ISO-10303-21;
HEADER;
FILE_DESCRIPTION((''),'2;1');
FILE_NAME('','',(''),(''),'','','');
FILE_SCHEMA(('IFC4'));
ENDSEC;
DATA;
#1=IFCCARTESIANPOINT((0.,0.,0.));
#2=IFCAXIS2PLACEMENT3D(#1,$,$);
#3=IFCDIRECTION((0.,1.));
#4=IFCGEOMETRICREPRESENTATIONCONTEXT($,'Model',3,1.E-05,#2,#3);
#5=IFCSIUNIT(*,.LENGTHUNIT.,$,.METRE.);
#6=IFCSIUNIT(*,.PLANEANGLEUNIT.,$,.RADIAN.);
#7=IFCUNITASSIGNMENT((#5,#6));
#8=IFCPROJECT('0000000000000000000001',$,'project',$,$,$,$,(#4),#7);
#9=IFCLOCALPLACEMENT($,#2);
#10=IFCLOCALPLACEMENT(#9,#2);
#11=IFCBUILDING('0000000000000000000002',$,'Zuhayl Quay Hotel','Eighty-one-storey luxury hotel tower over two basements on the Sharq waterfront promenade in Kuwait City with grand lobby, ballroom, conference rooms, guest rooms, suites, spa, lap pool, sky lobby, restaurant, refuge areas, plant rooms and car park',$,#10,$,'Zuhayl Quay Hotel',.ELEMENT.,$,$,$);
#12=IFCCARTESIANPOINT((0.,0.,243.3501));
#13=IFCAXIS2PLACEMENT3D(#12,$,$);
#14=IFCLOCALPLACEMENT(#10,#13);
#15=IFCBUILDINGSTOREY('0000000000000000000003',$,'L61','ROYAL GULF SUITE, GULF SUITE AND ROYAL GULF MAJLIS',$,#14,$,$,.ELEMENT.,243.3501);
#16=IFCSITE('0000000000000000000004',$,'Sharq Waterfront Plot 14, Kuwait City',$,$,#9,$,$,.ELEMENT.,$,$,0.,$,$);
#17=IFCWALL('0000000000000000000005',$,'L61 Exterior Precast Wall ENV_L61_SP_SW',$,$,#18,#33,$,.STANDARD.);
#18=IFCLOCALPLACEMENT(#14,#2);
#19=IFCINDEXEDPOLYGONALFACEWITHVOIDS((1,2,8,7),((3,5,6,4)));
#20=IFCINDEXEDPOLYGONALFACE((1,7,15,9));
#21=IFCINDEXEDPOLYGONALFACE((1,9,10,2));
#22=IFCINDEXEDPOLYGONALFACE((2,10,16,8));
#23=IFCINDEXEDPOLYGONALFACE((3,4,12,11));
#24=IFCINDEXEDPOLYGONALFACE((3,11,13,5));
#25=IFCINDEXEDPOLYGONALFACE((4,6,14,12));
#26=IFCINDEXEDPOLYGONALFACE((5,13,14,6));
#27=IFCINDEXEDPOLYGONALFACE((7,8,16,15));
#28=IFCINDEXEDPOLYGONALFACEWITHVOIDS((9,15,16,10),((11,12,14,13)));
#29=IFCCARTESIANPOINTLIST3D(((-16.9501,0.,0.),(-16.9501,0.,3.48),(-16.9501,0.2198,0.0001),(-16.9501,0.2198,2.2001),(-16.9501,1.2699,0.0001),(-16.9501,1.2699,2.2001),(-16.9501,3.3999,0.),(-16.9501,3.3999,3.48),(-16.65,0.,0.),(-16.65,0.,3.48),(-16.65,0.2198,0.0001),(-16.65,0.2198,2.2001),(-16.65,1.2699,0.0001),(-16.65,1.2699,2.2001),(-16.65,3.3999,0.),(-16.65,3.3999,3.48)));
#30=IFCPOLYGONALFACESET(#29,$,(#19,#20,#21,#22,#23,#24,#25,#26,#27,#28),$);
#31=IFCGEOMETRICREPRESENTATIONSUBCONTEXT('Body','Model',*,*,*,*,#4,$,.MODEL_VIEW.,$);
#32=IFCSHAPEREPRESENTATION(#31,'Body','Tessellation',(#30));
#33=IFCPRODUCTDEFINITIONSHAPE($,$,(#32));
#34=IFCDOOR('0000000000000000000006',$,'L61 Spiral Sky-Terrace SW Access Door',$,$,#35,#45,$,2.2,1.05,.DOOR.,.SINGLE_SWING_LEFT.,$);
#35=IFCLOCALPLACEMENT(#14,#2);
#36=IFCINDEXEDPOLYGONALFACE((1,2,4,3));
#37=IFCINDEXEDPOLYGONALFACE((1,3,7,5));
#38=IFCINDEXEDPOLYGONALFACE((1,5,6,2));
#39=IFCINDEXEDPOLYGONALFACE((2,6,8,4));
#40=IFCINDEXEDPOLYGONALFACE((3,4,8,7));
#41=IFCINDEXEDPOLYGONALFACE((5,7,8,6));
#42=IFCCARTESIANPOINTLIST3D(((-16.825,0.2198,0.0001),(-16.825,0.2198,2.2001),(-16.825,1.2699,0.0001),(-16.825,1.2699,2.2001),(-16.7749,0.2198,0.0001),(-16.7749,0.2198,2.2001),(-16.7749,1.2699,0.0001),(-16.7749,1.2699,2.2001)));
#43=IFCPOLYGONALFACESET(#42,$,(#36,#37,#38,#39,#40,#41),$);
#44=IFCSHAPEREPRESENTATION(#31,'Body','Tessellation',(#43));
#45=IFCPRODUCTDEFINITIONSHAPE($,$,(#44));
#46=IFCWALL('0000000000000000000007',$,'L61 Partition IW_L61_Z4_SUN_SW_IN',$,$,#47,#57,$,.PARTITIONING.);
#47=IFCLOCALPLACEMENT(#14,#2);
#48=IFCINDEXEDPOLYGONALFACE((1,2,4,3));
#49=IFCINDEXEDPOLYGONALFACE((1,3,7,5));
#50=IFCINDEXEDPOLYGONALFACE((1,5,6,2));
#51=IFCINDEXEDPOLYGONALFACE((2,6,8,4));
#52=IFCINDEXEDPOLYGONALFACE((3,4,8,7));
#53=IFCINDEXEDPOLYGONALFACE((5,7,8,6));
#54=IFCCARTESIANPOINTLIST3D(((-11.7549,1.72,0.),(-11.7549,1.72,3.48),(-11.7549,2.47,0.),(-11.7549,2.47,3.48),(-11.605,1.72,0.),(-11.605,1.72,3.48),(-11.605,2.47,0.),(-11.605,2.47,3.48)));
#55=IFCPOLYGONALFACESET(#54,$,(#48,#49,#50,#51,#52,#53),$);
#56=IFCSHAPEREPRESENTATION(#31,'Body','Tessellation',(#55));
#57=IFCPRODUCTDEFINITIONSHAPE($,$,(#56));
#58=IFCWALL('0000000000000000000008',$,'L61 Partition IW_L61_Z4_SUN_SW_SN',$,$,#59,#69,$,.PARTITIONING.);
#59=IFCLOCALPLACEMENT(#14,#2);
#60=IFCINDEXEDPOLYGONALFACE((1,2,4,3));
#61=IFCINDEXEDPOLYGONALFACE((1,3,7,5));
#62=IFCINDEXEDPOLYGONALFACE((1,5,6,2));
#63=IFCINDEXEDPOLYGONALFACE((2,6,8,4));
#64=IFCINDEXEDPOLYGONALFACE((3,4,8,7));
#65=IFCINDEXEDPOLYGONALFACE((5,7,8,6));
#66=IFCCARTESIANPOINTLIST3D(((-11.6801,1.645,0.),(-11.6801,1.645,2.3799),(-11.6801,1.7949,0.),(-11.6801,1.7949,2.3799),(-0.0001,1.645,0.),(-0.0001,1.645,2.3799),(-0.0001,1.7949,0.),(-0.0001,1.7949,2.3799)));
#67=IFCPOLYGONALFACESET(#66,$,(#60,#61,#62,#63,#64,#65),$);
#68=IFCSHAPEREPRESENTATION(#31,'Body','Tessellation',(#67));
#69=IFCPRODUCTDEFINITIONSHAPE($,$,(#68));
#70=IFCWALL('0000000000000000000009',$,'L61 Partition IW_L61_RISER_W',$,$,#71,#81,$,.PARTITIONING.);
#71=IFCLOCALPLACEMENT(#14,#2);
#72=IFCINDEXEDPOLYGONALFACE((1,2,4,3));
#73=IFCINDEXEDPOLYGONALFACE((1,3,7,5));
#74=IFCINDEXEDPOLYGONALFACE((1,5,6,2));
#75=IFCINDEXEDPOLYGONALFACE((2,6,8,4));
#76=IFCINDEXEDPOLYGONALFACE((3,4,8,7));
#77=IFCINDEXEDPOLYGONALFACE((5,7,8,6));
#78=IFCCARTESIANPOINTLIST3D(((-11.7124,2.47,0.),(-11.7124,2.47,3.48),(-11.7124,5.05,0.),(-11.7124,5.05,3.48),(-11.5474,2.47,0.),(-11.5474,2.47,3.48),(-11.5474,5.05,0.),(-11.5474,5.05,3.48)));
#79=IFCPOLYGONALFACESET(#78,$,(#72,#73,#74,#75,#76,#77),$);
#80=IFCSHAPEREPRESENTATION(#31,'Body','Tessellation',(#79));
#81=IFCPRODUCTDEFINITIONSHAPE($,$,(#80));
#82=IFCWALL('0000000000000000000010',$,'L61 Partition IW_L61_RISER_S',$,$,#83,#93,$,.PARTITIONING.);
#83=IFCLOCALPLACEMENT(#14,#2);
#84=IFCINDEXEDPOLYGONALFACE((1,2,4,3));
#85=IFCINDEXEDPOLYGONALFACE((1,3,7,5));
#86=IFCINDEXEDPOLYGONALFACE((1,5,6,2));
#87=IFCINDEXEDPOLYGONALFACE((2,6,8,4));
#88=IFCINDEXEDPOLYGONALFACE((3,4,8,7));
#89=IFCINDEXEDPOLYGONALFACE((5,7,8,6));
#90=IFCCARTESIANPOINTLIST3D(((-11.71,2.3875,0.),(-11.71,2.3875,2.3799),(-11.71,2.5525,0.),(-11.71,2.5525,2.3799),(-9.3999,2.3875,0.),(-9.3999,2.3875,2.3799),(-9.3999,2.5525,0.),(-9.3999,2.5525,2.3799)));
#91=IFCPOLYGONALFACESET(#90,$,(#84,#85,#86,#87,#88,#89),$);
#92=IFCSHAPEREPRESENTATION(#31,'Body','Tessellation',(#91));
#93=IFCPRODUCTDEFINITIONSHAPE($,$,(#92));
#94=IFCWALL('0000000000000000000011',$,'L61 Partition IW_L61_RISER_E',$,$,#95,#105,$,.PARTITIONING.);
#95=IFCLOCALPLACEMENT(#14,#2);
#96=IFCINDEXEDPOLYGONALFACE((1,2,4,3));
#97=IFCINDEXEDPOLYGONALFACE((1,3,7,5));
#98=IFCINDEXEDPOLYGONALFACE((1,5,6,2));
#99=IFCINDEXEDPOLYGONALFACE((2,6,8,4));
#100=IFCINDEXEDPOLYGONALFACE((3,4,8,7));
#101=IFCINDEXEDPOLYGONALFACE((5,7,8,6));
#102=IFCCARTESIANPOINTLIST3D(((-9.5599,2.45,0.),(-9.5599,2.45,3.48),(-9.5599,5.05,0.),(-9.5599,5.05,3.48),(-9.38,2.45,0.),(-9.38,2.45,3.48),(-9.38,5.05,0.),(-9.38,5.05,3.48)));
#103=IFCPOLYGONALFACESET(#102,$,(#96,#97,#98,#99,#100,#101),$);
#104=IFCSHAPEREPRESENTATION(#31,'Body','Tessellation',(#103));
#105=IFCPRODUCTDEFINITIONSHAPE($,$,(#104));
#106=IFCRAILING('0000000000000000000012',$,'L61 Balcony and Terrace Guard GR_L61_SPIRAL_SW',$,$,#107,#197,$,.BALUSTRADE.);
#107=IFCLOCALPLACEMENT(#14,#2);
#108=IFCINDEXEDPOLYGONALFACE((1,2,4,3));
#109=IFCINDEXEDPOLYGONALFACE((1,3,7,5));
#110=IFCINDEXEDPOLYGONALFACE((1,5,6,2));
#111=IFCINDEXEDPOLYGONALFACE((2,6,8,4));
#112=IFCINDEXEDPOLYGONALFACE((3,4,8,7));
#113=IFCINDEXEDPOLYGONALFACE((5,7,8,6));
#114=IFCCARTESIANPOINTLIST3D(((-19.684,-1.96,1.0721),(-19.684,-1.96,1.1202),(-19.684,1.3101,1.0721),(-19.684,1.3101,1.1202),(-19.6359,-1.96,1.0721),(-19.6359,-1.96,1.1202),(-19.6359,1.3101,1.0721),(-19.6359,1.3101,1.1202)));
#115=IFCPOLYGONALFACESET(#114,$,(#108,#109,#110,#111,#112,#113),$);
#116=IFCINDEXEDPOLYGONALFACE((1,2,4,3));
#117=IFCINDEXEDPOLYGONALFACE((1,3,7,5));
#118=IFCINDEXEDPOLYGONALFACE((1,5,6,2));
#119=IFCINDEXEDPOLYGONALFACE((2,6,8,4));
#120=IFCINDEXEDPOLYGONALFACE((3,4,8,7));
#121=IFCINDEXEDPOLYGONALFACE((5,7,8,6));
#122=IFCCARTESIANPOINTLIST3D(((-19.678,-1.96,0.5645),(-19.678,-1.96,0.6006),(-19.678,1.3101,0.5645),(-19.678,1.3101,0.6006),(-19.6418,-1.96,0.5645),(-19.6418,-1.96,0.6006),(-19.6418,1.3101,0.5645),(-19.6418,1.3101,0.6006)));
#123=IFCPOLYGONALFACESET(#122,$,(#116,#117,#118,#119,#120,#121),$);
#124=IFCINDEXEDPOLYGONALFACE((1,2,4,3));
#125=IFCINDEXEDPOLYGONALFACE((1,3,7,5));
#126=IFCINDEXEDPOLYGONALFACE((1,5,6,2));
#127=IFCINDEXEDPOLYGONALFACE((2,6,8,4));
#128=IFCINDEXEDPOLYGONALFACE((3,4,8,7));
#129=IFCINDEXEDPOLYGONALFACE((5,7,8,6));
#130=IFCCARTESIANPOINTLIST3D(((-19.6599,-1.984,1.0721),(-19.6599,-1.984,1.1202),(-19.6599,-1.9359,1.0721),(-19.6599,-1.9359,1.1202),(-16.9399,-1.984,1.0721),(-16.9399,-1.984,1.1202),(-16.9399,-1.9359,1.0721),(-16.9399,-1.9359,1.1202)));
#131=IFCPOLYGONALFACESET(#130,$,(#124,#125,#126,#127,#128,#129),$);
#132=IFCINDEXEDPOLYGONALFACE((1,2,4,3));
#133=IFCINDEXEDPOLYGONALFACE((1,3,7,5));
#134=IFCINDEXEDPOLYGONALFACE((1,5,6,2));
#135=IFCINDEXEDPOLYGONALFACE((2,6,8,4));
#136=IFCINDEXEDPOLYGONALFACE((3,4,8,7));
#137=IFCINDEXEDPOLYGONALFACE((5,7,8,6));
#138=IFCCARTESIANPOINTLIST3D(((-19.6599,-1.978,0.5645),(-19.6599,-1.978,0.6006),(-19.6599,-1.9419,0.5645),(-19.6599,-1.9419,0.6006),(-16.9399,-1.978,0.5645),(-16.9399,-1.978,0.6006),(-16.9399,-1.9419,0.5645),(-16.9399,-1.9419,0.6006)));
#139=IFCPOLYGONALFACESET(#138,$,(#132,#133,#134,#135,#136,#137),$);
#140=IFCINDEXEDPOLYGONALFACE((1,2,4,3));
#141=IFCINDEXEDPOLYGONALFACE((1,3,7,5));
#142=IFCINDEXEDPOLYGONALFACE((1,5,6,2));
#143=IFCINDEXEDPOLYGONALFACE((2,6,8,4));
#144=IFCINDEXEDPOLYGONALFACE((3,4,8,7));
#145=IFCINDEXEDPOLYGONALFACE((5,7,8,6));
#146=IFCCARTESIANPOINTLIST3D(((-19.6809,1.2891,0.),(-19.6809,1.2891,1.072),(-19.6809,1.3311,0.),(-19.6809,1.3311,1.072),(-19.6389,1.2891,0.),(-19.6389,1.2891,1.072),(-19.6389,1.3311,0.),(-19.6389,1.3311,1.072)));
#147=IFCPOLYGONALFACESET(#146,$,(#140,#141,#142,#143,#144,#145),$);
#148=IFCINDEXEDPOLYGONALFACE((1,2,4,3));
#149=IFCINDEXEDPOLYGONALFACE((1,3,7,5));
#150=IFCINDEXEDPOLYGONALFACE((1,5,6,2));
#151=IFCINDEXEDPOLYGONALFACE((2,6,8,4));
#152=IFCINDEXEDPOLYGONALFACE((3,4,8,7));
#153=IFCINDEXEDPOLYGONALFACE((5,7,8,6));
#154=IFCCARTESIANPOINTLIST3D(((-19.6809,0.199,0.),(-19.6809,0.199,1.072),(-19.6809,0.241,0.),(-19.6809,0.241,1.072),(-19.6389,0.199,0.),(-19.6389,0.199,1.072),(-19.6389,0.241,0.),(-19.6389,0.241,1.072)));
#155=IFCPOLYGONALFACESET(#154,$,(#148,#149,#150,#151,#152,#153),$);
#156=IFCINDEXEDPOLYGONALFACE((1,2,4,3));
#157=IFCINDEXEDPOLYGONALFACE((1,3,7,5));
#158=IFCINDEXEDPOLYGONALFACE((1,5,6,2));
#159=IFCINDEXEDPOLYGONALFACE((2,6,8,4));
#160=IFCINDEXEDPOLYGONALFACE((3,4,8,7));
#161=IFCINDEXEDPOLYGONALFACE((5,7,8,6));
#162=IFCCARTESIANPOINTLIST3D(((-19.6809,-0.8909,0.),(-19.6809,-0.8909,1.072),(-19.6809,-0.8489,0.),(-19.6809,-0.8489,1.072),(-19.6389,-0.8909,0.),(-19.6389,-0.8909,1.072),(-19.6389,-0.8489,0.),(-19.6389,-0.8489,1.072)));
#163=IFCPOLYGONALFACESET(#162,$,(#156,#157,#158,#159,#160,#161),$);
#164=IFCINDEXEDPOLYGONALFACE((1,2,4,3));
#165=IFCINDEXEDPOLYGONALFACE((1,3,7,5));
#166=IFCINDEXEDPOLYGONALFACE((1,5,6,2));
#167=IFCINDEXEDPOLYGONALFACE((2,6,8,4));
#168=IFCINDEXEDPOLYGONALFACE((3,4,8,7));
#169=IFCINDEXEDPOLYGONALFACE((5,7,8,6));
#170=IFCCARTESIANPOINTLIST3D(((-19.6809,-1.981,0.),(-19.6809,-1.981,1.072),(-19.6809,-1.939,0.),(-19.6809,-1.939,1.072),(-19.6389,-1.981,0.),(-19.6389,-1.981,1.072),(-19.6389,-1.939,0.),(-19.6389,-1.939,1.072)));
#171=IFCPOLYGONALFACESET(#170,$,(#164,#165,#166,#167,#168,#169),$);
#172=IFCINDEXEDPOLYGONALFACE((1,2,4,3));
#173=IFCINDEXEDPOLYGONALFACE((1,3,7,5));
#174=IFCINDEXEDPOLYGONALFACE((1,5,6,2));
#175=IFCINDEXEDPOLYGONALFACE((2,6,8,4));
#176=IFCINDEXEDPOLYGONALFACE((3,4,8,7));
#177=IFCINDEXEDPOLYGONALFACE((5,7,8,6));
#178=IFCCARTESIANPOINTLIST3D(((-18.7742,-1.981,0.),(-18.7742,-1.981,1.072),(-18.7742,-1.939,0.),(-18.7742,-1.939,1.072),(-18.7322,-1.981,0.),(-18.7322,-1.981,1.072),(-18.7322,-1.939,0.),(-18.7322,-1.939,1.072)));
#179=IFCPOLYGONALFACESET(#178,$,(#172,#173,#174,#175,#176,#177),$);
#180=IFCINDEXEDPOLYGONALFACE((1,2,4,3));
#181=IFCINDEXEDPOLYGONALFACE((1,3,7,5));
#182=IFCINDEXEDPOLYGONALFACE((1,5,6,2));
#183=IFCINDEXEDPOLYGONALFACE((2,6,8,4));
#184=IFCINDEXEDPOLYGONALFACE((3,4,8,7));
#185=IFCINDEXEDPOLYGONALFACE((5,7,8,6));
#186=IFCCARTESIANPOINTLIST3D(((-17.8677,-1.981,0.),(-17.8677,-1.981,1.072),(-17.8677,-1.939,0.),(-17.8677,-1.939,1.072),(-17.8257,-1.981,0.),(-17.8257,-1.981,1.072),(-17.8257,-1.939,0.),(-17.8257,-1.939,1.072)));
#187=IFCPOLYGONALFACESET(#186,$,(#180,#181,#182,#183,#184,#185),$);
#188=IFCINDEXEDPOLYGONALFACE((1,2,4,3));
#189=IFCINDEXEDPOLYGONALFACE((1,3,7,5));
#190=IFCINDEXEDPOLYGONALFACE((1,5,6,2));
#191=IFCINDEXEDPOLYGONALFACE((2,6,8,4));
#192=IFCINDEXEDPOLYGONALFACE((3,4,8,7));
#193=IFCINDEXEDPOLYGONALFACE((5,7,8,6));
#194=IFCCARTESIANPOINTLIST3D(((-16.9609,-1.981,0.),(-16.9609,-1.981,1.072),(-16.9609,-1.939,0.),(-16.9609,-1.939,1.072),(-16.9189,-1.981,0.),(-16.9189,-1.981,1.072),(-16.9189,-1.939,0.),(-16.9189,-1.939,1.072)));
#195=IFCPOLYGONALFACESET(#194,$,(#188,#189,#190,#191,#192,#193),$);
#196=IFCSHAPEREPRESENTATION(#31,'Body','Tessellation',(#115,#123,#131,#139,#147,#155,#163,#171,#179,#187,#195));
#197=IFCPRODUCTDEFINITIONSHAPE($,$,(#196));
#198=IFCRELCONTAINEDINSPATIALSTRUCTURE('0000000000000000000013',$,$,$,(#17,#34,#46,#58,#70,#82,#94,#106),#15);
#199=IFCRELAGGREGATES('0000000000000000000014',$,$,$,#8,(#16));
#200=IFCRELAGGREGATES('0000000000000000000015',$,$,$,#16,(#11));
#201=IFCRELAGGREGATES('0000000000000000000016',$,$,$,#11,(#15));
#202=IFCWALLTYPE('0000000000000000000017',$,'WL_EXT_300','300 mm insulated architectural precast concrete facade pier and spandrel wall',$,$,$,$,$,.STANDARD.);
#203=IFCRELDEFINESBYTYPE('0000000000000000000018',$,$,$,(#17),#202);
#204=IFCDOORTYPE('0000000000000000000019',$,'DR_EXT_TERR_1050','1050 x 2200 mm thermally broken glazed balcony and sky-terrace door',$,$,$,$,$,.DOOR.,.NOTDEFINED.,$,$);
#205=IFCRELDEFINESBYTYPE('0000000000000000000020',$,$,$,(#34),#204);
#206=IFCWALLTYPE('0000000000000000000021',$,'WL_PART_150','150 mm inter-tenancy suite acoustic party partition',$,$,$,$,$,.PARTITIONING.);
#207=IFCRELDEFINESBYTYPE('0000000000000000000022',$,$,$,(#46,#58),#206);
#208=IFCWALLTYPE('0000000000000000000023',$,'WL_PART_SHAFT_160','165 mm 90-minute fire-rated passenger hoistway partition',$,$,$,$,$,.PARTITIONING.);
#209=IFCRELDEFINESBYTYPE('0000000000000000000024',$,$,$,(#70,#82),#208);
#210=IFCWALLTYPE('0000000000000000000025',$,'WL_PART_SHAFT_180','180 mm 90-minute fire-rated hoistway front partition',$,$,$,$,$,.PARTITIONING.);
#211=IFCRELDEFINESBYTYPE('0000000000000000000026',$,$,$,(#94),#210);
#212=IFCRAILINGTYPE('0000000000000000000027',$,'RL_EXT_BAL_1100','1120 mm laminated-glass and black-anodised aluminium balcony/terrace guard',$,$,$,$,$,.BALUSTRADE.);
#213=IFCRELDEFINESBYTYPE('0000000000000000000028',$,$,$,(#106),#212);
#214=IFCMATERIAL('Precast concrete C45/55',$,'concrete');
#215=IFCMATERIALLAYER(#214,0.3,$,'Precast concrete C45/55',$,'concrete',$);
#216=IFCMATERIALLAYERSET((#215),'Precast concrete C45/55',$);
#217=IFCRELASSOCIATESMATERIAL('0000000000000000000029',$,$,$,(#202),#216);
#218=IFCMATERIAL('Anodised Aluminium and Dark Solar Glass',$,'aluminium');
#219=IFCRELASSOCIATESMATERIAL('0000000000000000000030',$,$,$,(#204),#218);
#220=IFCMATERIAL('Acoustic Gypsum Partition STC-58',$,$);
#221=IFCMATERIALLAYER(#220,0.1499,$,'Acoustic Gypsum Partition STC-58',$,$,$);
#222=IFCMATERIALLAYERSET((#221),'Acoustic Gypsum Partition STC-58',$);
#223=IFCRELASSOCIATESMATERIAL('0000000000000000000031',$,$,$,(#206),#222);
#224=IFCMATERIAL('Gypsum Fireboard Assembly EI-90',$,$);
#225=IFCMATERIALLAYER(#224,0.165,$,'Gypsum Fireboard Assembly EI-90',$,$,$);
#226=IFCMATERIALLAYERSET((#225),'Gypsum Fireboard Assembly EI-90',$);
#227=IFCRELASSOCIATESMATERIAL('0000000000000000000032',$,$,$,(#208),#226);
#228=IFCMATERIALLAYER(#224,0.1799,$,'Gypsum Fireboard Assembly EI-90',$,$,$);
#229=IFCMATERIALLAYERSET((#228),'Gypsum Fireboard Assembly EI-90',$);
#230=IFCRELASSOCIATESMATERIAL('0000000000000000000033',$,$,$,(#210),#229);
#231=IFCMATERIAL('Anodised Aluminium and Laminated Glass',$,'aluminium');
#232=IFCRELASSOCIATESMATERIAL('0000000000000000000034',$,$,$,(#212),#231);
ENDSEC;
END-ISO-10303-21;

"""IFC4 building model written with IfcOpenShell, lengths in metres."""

from ifc_helpers import new_model, si_unit, direction, frame, frame_2d, origin, origin_2d, place, context, subcontext, project, spatial, rectangle, extrude, material, layer, layer_set, type_object, element, fill, save


model = new_model("IFC4")

# Units and contexts
model_context = context("Model", 3, precision=1e-05, world=origin(), true_north=direction((0.0, 1.0)))
body_context = subcontext(model_context, "Body", "Model", "MODEL_VIEW")
ifc_project = project(units=[si_unit("LENGTHUNIT", "METRE"), si_unit("PLANEANGLEUNIT", "RADIAN")], contexts=[model_context])

# Site, building, storey
site_placement = place(None, origin())
site = spatial("IfcSite", under=ifc_project, at=site_placement, Name="Sharq Waterfront Plot 14, Kuwait City", CompositionType="ELEMENT", RefElevation=0.0)
building_placement = place(site_placement, origin())
building = spatial("IfcBuilding", under=site, at=building_placement, Name="Zuhayl Quay Hotel", Description="Eighty-one-storey luxury hotel tower over two basements on the Sharq waterfront promenade in Kuwait City with grand lobby, ballroom, conference rooms, guest rooms, suites, spa, lap pool, sky lobby, restaurant, refuge areas, plant rooms and car park", LongName="Zuhayl Quay Hotel", CompositionType="ELEMENT")
storey_placement = place(building_placement, frame((0.0, 0.0, 243.3501)))
storey = spatial("IfcBuildingStorey", under=building, at=storey_placement, Name="L61", Description="ROYAL GULF SUITE, GULF SUITE AND ROYAL GULF MAJLIS", CompositionType="ELEMENT", Elevation=243.3501)

# Shared definitions
ifc_material_1 = material(Name="Precast concrete C45/55", Category="concrete")
ifc_layer_1 = layer(ifc_material_1, 0.3, Name="Precast concrete C45/55", Category="concrete")
ifc_layer_set_1 = layer_set([ifc_layer_1], Name="Precast concrete C45/55")
wall_type_1 = type_object("IfcWallType", Name="WL_EXT_300", Description="300 mm insulated architectural precast concrete facade pier and spandrel wall", PredefinedType="STANDARD", material=ifc_layer_set_1)

# Wall, opening, door
wall_1_placement = place(storey_placement, frame((-16.8, 0.0, 0.0), z_axis=(0.0, 0.0, 1.0), x_axis=(0.0, 1.0, 0.0)))
wall_1 = element("IfcWall", 1, at=wall_1_placement, inside=storey, type_object=wall_type_1, Name="L61 Exterior Precast Wall ENV_L61_SP_SW", PredefinedType="STANDARD", context=body_context, shape_type="SweptSolid", body=[
    extrude(rectangle(XDim=3.3999, YDim=0.3, at=frame_2d((1.7, 0.0))), origin(), (0.0, 0.0, 1.0), 3.48),
])
opening_1_placement = place(wall_1_placement, frame((0.22, 0.0, 0.0)))
opening_1 = element("IfcOpeningElement", 2, at=opening_1_placement, cuts=wall_1, PredefinedType="OPENING", context=body_context, shape_type="SweptSolid", body=[
    extrude(rectangle(XDim=1.05, YDim=2.2, at=frame_2d((0.5249, 1.1001))), frame((0.0, 0.1599, 0.0), z_axis=(0.0, -1.0, 0.0), x_axis=(1.0, 0.0, 0.0)), (0.0, 0.0, 1.0), 0.3201),
])
ifc_material_2 = material(Name="Anodised Aluminium and Dark Solar Glass", Category="aluminium")
door_type_1 = type_object("IfcDoorType", Name="DR_EXT_TERR_1050", Description="1050 x 2200 mm thermally broken glazed balcony and sky-terrace door", OperationType="NOTDEFINED", PredefinedType="DOOR", material=ifc_material_2)
door_1_placement = place(opening_1_placement, origin())
door_1 = element("IfcDoor", 3, at=door_1_placement, inside=storey, type_object=door_type_1, Name="L61 Spiral Sky-Terrace SW Access Door", OperationType="SINGLE_SWING_LEFT", OverallHeight=2.2, OverallWidth=1.05, PredefinedType="DOOR", context=body_context, shape_type="SweptSolid", body=[
    extrude(rectangle(XDim=1.05, YDim=2.2, at=frame_2d((0.5249, 1.1001))), frame((0.0, 0.0249, 0.0), z_axis=(0.0, -1.0, 0.0), x_axis=(1.0, 0.0, 0.0)), (0.0, 0.0, 1.0), 0.05),
])
fill(opening_1, door_1)

# Walls
ifc_material_3 = material(Name="Acoustic Gypsum Partition STC-58")
ifc_layer_2 = layer(ifc_material_3, 0.1499, Name="Acoustic Gypsum Partition STC-58")
ifc_layer_set_2 = layer_set([ifc_layer_2], Name="Acoustic Gypsum Partition STC-58")
wall_type_2 = type_object("IfcWallType", Name="WL_PART_150", Description="150 mm inter-tenancy suite acoustic party partition", PredefinedType="PARTITIONING", material=ifc_layer_set_2)
wall_2_placement = place(storey_placement, frame((-11.6799, 1.72, 0.0), z_axis=(0.0, 0.0, 1.0), x_axis=(0.0, 1.0, 0.0)))
element("IfcWall", 4, at=wall_2_placement, inside=storey, type_object=wall_type_2, Name="L61 Partition IW_L61_Z4_SUN_SW_IN", PredefinedType="PARTITIONING", context=body_context, shape_type="SweptSolid", body=[
    extrude(rectangle(XDim=0.75, YDim=0.1499, at=frame_2d((0.375, 0.0))), origin(), (0.0, 0.0, 1.0), 3.48),
])
wall_3_placement = place(storey_placement, frame((-11.6799, 1.72, 0.0), z_axis=(0.0, 0.0, 1.0), x_axis=(1.0, 0.0, 0.0)))
element("IfcWall", 5, at=wall_3_placement, inside=storey, type_object=wall_type_2, Name="L61 Partition IW_L61_Z4_SUN_SW_SN", PredefinedType="PARTITIONING", context=body_context, shape_type="SweptSolid", body=[
    extrude(rectangle(XDim=11.6799, YDim=0.1499, at=frame_2d((5.8398, 0.0))), origin(), (0.0, 0.0, 1.0), 2.3799),
])

# Walls
ifc_material_4 = material(Name="Gypsum Fireboard Assembly EI-90")
ifc_layer_3 = layer(ifc_material_4, 0.165, Name="Gypsum Fireboard Assembly EI-90")
ifc_layer_set_3 = layer_set([ifc_layer_3], Name="Gypsum Fireboard Assembly EI-90")
wall_type_3 = type_object("IfcWallType", Name="WL_PART_SHAFT_160", Description="165 mm 90-minute fire-rated passenger hoistway partition", PredefinedType="PARTITIONING", material=ifc_layer_set_3)
wall_4_placement = place(storey_placement, frame((-11.6299, 2.47, 0.0), z_axis=(0.0, 0.0, 1.0), x_axis=(0.0, 1.0, 0.0)))
element("IfcWall", 6, at=wall_4_placement, inside=storey, type_object=wall_type_3, Name="L61 Partition IW_L61_RISER_W", PredefinedType="PARTITIONING", context=body_context, shape_type="SweptSolid", body=[
    extrude(rectangle(XDim=2.5801, YDim=0.165, at=frame_2d((1.29, 0.0))), origin(), (0.0, 0.0, 1.0), 3.48),
])
wall_5_placement = place(storey_placement, frame((-11.71, 2.47, 0.0), z_axis=(0.0, 0.0, 1.0), x_axis=(1.0, 0.0, 0.0)))
element("IfcWall", 7, at=wall_5_placement, inside=storey, type_object=wall_type_3, Name="L61 Partition IW_L61_RISER_S", PredefinedType="PARTITIONING", context=body_context, shape_type="SweptSolid", body=[
    extrude(rectangle(XDim=2.3101, YDim=0.165, at=frame_2d((1.155, 0.0))), origin(), (0.0, 0.0, 1.0), 2.3799),
])
ifc_layer_4 = layer(ifc_material_4, 0.1799, Name="Gypsum Fireboard Assembly EI-90")
ifc_layer_set_4 = layer_set([ifc_layer_4], Name="Gypsum Fireboard Assembly EI-90")
wall_type_4 = type_object("IfcWallType", Name="WL_PART_SHAFT_180", Description="180 mm 90-minute fire-rated hoistway front partition", PredefinedType="PARTITIONING", material=ifc_layer_set_4)
wall_6_placement = place(storey_placement, frame((-9.47, 2.45, 0.0), z_axis=(0.0, 0.0, 1.0), x_axis=(0.0, 1.0, 0.0)))
element("IfcWall", 8, at=wall_6_placement, inside=storey, type_object=wall_type_4, Name="L61 Partition IW_L61_RISER_E", PredefinedType="PARTITIONING", context=body_context, shape_type="SweptSolid", body=[
    extrude(rectangle(XDim=2.6001, YDim=0.1799, at=frame_2d((1.3, 0.0))), origin(), (0.0, 0.0, 1.0), 3.48),
])

# Railing
ifc_material_5 = material(Name="Anodised Aluminium and Laminated Glass", Category="aluminium")
railing_type = type_object("IfcRailingType", Name="RL_EXT_BAL_1100", Description="1120 mm laminated-glass and black-anodised aluminium balcony/terrace guard", PredefinedType="BALUSTRADE", material=ifc_material_5)
railing_1_placement = place(storey_placement, frame((-19.6599, 1.3101, 0.0)))
element("IfcRailing", 9, at=railing_1_placement, inside=storey, type_object=railing_type, Name="L61 Balcony and Terrace Guard GR_L61_SPIRAL_SW", PredefinedType="BALUSTRADE", context=body_context, shape_type="SweptSolid", body=[
    extrude(rectangle(XDim=0.0481, YDim=0.0481, at=origin_2d()), frame((0.0, 0.0, 1.0962), z_axis=(0.0, -1.0, 0.0), x_axis=(1.0, 0.0, 0.0)), (0.0, 0.0, 1.0), 3.27),
    extrude(rectangle(XDim=0.0361, YDim=0.0361, at=origin_2d()), frame((0.0, 0.0, 0.5825), z_axis=(0.0, -1.0, 0.0), x_axis=(1.0, 0.0, 0.0)), (0.0, 0.0, 1.0), 3.27),
    extrude(rectangle(XDim=0.0481, YDim=0.0481, at=origin_2d()), frame((0.0, -3.27, 1.0962), z_axis=(1.0, 0.0, 0.0), x_axis=(0.0, 1.0, 0.0)), (0.0, 0.0, 1.0), 2.72),
    extrude(rectangle(XDim=0.0361, YDim=0.0361, at=origin_2d()), frame((0.0, -3.27, 0.5825), z_axis=(1.0, 0.0, 0.0), x_axis=(0.0, 1.0, 0.0)), (0.0, 0.0, 1.0), 2.72),
    extrude(rectangle(XDim=0.042, YDim=0.042, at=origin_2d()), origin(), (0.0, 0.0, 1.0), 1.072),
    extrude(rectangle(XDim=0.042, YDim=0.042, at=origin_2d()), frame((0.0, -1.0901, 0.0)), (0.0, 0.0, 1.0), 1.072),
    extrude(rectangle(XDim=0.042, YDim=0.042, at=origin_2d()), frame((0.0, -2.1799, 0.0)), (0.0, 0.0, 1.0), 1.072),
    extrude(rectangle(XDim=0.042, YDim=0.042, at=origin_2d()), frame((0.0, -3.27, 0.0)), (0.0, 0.0, 1.0), 1.072),
    extrude(rectangle(XDim=0.042, YDim=0.042, at=origin_2d()), frame((0.9067, -3.27, 0.0)), (0.0, 0.0, 1.0), 1.072),
    extrude(rectangle(XDim=0.042, YDim=0.042, at=origin_2d()), frame((1.8132, -3.27, 0.0)), (0.0, 0.0, 1.0), 1.072),
    extrude(rectangle(XDim=0.042, YDim=0.042, at=origin_2d()), frame((2.72, -3.27, 0.0)), (0.0, 0.0, 1.0), 1.072),
])

save(model, "model.ifc")
